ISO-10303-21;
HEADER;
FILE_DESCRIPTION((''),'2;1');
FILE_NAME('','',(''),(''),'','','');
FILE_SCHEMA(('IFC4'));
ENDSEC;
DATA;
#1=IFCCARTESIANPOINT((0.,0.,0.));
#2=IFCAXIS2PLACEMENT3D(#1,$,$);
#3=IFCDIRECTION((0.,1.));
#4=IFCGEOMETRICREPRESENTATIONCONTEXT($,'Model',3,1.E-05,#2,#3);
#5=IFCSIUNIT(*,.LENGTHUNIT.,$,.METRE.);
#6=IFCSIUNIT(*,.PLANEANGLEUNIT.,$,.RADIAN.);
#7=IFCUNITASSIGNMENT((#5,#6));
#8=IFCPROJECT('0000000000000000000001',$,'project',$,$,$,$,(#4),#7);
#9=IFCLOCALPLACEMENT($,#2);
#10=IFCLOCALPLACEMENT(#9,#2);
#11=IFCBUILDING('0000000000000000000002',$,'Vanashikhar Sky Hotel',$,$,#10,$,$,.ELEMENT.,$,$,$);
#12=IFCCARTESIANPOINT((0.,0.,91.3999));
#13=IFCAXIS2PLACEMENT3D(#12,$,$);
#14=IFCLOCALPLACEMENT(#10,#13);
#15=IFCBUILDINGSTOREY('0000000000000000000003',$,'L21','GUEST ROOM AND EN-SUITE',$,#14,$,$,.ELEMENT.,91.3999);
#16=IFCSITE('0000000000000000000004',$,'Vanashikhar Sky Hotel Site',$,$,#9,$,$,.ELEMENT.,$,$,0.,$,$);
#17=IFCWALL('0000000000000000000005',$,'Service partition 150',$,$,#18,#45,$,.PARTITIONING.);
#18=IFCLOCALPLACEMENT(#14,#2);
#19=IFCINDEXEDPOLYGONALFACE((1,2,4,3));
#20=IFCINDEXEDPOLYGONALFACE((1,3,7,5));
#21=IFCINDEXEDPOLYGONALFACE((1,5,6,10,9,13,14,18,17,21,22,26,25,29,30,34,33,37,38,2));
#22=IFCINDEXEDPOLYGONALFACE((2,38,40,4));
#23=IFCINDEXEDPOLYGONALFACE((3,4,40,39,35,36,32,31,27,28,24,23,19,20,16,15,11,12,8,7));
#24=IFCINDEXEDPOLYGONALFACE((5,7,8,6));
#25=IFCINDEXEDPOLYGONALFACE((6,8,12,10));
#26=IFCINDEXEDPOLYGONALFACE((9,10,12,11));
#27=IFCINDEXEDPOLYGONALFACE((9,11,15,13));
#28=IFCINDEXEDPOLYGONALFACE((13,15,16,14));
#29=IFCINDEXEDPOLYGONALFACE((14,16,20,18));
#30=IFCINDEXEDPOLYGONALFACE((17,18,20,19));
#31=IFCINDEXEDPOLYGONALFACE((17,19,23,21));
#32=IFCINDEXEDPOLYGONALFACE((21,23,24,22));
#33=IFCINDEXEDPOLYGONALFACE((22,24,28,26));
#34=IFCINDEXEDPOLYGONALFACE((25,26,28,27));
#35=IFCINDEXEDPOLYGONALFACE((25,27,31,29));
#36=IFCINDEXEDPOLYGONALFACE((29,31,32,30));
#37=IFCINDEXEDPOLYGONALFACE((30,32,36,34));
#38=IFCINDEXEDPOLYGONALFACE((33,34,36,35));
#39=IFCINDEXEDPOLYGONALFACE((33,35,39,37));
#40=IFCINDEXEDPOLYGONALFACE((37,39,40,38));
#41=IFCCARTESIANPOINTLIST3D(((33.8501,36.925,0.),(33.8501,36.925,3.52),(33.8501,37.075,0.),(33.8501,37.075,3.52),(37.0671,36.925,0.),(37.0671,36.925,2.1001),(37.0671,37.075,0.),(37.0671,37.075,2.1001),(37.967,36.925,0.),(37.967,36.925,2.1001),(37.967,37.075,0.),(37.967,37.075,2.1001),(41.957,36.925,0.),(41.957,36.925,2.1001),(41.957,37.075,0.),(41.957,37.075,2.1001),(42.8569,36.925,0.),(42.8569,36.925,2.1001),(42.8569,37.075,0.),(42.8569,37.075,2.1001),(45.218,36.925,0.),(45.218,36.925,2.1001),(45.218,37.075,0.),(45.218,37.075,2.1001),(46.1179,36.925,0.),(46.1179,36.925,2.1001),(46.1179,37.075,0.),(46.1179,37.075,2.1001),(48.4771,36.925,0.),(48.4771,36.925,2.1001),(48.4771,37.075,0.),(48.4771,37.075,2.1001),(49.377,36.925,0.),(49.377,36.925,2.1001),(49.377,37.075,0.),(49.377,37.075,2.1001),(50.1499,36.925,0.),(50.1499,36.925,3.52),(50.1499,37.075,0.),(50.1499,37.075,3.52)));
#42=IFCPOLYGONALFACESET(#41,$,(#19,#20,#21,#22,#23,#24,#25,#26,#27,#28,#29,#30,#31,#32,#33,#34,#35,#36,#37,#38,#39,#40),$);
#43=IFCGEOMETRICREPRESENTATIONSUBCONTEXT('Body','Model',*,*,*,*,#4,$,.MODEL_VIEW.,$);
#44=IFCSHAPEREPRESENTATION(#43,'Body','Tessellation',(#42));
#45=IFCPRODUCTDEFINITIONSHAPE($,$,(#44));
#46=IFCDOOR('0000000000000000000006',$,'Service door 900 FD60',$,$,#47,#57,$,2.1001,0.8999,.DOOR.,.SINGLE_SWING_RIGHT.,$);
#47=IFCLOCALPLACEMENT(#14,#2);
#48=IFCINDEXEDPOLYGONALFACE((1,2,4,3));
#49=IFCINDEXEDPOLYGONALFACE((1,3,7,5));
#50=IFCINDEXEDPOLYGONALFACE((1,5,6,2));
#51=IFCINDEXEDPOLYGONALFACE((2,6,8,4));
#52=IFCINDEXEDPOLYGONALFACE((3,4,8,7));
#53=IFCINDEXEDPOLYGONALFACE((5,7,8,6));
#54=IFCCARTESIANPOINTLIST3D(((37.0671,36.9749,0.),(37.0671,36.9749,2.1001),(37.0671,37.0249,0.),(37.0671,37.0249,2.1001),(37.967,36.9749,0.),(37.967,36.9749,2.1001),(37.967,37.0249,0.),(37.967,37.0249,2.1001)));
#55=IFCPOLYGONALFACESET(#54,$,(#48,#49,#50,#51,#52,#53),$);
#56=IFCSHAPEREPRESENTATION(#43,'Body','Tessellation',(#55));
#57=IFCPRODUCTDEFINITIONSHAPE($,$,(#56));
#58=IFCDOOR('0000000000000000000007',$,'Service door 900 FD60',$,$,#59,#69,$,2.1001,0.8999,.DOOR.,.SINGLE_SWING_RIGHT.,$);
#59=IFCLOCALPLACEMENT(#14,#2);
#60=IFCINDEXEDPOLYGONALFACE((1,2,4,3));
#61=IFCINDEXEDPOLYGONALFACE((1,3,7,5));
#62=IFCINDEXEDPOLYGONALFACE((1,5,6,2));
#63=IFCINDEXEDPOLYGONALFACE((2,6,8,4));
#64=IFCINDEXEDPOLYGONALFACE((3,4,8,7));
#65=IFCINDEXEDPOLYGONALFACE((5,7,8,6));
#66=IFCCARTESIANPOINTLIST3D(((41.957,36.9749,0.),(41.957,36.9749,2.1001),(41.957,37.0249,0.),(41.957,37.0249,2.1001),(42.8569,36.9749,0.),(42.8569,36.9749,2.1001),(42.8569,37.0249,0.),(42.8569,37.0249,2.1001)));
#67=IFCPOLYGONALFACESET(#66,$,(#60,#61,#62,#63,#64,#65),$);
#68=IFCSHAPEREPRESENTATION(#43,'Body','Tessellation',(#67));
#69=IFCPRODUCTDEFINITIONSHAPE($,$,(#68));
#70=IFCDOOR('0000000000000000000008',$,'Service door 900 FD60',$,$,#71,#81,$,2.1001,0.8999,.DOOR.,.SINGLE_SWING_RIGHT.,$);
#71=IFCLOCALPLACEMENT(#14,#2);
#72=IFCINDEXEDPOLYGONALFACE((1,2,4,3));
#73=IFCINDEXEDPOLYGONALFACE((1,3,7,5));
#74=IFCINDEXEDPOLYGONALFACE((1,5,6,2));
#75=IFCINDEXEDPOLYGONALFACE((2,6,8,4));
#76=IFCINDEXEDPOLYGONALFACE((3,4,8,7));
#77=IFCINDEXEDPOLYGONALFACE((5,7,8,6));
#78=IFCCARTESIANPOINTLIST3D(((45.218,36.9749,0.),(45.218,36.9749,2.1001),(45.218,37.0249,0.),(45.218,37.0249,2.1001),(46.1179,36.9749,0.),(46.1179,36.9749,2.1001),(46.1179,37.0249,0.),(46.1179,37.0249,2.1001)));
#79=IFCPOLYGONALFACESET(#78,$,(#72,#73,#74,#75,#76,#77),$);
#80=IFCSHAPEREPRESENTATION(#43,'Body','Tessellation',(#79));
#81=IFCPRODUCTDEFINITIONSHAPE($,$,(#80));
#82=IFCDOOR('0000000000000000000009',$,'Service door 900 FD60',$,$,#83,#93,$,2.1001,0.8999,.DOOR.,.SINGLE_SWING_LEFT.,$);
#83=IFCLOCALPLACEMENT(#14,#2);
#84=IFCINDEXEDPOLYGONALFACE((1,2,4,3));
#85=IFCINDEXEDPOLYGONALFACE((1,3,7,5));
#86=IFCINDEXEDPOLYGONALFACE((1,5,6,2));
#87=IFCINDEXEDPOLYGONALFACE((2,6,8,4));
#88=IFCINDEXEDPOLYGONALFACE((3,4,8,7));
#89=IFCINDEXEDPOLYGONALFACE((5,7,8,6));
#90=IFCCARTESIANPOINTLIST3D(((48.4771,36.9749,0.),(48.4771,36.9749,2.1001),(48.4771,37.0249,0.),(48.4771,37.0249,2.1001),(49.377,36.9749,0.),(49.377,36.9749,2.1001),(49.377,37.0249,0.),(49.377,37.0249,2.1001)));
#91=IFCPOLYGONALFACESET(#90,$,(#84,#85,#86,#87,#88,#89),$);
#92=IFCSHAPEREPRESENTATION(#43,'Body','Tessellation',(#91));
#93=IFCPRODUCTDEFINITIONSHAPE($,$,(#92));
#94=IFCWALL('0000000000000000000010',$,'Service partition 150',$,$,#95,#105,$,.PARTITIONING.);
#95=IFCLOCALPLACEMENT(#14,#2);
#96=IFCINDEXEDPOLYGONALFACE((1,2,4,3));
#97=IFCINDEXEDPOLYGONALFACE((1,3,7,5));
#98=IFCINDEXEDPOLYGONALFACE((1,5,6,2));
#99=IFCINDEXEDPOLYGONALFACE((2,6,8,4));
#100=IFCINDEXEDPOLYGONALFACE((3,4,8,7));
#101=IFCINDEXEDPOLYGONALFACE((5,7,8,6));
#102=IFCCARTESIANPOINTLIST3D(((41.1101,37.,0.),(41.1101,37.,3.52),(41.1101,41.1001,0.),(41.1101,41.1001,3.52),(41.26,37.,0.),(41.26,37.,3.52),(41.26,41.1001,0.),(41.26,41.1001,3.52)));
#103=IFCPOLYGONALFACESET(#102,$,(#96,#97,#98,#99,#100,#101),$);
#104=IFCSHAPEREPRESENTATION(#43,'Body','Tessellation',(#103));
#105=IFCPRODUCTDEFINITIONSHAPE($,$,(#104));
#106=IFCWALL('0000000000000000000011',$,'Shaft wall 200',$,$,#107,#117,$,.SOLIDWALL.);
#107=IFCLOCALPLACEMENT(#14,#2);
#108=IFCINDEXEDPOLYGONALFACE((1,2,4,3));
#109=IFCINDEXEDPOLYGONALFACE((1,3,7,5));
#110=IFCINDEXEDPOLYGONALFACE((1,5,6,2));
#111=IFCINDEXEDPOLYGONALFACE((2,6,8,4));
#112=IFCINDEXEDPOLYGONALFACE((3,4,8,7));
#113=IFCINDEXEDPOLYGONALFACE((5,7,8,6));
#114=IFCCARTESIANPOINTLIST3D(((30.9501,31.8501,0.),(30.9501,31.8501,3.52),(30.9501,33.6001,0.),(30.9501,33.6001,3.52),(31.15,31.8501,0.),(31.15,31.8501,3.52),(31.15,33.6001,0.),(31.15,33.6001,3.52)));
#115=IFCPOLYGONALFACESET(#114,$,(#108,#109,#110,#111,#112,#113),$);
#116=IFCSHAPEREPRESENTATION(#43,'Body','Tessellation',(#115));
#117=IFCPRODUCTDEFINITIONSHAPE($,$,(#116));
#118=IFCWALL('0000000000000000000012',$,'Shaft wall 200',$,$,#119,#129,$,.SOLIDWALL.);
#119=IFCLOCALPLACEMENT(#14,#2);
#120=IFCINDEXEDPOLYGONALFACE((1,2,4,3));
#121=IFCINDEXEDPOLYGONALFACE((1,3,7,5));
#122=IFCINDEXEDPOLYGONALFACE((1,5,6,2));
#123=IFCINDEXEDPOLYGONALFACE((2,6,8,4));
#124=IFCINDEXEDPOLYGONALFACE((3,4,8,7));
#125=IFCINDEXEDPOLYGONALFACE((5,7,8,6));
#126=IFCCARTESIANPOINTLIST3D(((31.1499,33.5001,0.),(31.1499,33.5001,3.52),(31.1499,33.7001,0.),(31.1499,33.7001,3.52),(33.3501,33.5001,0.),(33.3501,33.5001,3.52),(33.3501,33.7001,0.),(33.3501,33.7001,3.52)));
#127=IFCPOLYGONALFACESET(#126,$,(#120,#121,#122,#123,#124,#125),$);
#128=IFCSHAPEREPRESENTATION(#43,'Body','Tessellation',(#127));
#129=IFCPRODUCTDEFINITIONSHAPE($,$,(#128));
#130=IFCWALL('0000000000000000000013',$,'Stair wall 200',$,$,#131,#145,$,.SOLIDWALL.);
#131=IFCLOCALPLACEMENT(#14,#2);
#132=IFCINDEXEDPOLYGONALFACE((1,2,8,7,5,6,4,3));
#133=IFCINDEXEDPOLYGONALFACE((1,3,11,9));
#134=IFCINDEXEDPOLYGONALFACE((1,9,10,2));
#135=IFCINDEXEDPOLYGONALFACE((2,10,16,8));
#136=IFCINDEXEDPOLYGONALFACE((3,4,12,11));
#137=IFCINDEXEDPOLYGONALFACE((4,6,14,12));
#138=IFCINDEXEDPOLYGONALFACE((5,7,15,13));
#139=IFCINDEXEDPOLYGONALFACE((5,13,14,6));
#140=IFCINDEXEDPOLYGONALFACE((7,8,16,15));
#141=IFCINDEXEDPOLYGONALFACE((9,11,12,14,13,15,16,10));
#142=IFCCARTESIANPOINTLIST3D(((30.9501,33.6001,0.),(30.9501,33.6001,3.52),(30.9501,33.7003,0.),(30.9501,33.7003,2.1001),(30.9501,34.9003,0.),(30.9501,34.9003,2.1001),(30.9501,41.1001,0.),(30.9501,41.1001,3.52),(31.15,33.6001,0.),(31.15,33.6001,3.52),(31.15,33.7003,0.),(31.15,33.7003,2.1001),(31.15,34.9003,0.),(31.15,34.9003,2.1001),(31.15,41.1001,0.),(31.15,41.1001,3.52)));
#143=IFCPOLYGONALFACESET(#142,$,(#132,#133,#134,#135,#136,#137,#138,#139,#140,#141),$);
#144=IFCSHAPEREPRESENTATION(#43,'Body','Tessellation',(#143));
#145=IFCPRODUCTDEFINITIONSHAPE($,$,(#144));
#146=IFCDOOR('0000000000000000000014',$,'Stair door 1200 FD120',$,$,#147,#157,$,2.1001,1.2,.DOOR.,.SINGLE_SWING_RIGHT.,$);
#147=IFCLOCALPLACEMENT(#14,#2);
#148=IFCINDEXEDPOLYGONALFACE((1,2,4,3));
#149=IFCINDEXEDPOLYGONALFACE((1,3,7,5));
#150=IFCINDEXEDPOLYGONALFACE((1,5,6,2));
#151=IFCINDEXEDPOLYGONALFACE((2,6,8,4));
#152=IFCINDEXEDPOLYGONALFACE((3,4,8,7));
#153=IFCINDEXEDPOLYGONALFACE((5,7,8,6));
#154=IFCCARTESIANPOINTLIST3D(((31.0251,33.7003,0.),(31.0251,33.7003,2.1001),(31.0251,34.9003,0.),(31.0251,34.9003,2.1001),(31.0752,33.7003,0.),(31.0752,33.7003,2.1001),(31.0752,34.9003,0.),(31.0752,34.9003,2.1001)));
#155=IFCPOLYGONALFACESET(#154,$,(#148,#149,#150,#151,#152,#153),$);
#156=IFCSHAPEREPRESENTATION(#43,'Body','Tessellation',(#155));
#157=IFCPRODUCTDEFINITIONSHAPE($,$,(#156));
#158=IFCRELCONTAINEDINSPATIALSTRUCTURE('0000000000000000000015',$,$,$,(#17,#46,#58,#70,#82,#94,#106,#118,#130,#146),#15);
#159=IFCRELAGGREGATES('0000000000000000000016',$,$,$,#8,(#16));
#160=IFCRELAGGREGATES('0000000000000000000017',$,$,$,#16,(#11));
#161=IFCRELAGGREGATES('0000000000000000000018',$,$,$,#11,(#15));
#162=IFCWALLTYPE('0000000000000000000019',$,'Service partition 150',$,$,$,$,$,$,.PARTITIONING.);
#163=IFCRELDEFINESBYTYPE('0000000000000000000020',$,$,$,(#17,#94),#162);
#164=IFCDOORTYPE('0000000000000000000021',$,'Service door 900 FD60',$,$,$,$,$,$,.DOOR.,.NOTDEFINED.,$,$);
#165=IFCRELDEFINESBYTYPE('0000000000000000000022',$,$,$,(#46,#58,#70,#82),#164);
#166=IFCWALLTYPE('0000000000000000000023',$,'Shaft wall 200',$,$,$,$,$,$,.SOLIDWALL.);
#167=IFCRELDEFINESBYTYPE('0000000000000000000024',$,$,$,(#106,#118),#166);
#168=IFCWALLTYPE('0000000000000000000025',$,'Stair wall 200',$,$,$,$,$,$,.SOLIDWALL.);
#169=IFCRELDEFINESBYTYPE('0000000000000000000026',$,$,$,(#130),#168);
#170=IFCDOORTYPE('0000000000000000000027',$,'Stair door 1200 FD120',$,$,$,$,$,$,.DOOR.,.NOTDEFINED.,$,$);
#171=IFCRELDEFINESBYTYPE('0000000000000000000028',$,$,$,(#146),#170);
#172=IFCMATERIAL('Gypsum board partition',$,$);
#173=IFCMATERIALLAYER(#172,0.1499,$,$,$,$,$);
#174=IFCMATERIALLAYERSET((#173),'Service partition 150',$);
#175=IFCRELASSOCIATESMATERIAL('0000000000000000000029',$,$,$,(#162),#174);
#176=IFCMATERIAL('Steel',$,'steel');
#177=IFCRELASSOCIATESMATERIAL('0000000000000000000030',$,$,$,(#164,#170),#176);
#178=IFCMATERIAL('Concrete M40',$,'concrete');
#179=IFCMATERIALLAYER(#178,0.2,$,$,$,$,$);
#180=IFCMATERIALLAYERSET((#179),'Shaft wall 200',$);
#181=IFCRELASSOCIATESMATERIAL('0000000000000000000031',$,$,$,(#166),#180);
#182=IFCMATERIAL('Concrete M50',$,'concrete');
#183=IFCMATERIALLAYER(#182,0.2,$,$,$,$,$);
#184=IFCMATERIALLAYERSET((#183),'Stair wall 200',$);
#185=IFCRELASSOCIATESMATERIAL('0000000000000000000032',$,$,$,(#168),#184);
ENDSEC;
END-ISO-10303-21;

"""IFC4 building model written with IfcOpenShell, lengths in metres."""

from ifc_helpers import new_model, si_unit, direction, frame, frame_2d, origin, place, context, subcontext, project, spatial, rectangle, extrude, source, transform, mapped, material, layer, layer_set, type_object, element, fill, save


model = new_model("IFC4")

# Units and contexts
model_context = context("Model", 3, precision=1e-05, world=origin(), true_north=direction((0.0, 1.0)))
body_context = subcontext(model_context, "Body", "Model", "MODEL_VIEW")
ifc_project = project(units=[si_unit("LENGTHUNIT", "METRE"), si_unit("PLANEANGLEUNIT", "RADIAN")], contexts=[model_context])

# Site, building, storey
site_placement = place(None, origin())
site = spatial("IfcSite", under=ifc_project, at=site_placement, Name="Vanashikhar Sky Hotel Site", CompositionType="ELEMENT", RefElevation=0.0)
building_placement = place(site_placement, origin())
building = spatial("IfcBuilding", under=site, at=building_placement, Name="Vanashikhar Sky Hotel", CompositionType="ELEMENT")
storey_placement = place(building_placement, frame((0.0, 0.0, 91.3999)))
storey = spatial("IfcBuildingStorey", under=building, at=storey_placement, Name="L21", Description="GUEST ROOM AND EN-SUITE", CompositionType="ELEMENT", Elevation=91.3999)

# Shared definitions
ifc_material_1 = material(Name="Steel", Category="steel")

# Shared definitions
ifc_material_2 = material(Name="Gypsum board partition")
ifc_layer_1 = layer(ifc_material_2, 0.1499)
ifc_layer_set_1 = layer_set([ifc_layer_1], Name="Service partition 150")
wall_type_1 = type_object("IfcWallType", Name="Service partition 150", PredefinedType="PARTITIONING", material=ifc_layer_set_1)

# Wall, openings, doors
shared_shape_1 = source(origin(), body_context, "Body", "SweptSolid", [
    extrude(rectangle(XDim=0.8999, YDim=2.1001, at=frame_2d((0.45, 1.05))), frame((0.0, 0.085, 0.0), z_axis=(0.0, -1.0, 0.0), x_axis=(1.0, 0.0, 0.0)), (0.0, 0.0, 1.0), 0.1699),
])
door_type_1 = type_object("IfcDoorType", Name="Service door 900 FD60", OperationType="NOTDEFINED", PredefinedType="DOOR", material=ifc_material_1)
shared_shape_2 = source(origin(), body_context, "Body", "SweptSolid", [
    extrude(rectangle(XDim=0.8999, YDim=2.1001, at=frame_2d((0.45, 1.05))), frame((0.0, 0.0249, 0.0), z_axis=(0.0, -1.0, 0.0), x_axis=(1.0, 0.0, 0.0)), (0.0, 0.0, 1.0), 0.05),
])
shared_shape_3 = source(origin(), body_context, "Body", "SweptSolid", [
    extrude(rectangle(XDim=16.2998, YDim=0.1499, at=frame_2d((8.1499, 0.0))), origin(), (0.0, 0.0, 1.0), 3.52),
])
wall_1_placement = place(storey_placement, frame((33.8501, 37.0, 0.0), z_axis=(0.0, 0.0, 1.0), x_axis=(1.0, 0.0, 0.0)))
wall_1 = element("IfcWall", 1, at=wall_1_placement, inside=storey, type_object=wall_type_1, Name="Service partition 150", PredefinedType="PARTITIONING", context=body_context, shape_type="MappedRepresentation", body=[
    mapped(shared_shape_3, transform((0.0, 0.0, 0.0), scale=1.0)),
])
opening_1_placement = place(wall_1_placement, frame((3.217, 0.0, 0.0)))
opening_1 = element("IfcOpeningElement", 2, at=opening_1_placement, cuts=wall_1, PredefinedType="OPENING", context=body_context, shape_type="MappedRepresentation", body=[
    mapped(shared_shape_1, transform((0.0, 0.0, 0.0), scale=1.0)),
])
opening_2_placement = place(wall_1_placement, frame((8.1069, 0.0, 0.0)))
opening_2 = element("IfcOpeningElement", 3, at=opening_2_placement, cuts=wall_1, PredefinedType="OPENING", context=body_context, shape_type="MappedRepresentation", body=[
    mapped(shared_shape_1, transform((0.0, 0.0, 0.0), scale=1.0)),
])
opening_3_placement = place(wall_1_placement, frame((11.3679, 0.0, 0.0)))
opening_3 = element("IfcOpeningElement", 4, at=opening_3_placement, cuts=wall_1, PredefinedType="OPENING", context=body_context, shape_type="MappedRepresentation", body=[
    mapped(shared_shape_1, transform((0.0, 0.0, 0.0), scale=1.0)),
])
opening_4_placement = place(wall_1_placement, frame((14.627, 0.0, 0.0)))
opening_4 = element("IfcOpeningElement", 5, at=opening_4_placement, cuts=wall_1, PredefinedType="OPENING", context=body_context, shape_type="MappedRepresentation", body=[
    mapped(shared_shape_1, transform((0.0, 0.0, 0.0), scale=1.0)),
])
door_1_placement = place(opening_1_placement, origin())
door_1 = element("IfcDoor", 6, at=door_1_placement, inside=storey, type_object=door_type_1, Name="Service door 900 FD60", OperationType="SINGLE_SWING_RIGHT", OverallHeight=2.1001, OverallWidth=0.8999, PredefinedType="DOOR", context=body_context, shape_type="MappedRepresentation", body=[
    mapped(shared_shape_2, transform((0.0, 0.0, 0.0), scale=1.0)),
])
fill(opening_1, door_1)
door_2_placement = place(opening_2_placement, origin())
door_2 = element("IfcDoor", 7, at=door_2_placement, inside=storey, type_object=door_type_1, Name="Service door 900 FD60", OperationType="SINGLE_SWING_RIGHT", OverallHeight=2.1001, OverallWidth=0.8999, PredefinedType="DOOR", context=body_context, shape_type="MappedRepresentation", body=[
    mapped(shared_shape_2, transform((0.0, 0.0, 0.0), scale=1.0)),
])
fill(opening_2, door_2)
door_3_placement = place(opening_3_placement, origin())
door_3 = element("IfcDoor", 8, at=door_3_placement, inside=storey, type_object=door_type_1, Name="Service door 900 FD60", OperationType="SINGLE_SWING_RIGHT", OverallHeight=2.1001, OverallWidth=0.8999, PredefinedType="DOOR", context=body_context, shape_type="MappedRepresentation", body=[
    mapped(shared_shape_2, transform((0.0, 0.0, 0.0), scale=1.0)),
])
fill(opening_3, door_3)
door_4_placement = place(opening_4_placement, origin())
door_4 = element("IfcDoor", 9, at=door_4_placement, inside=storey, type_object=door_type_1, Name="Service door 900 FD60", OperationType="SINGLE_SWING_LEFT", OverallHeight=2.1001, OverallWidth=0.8999, PredefinedType="DOOR", context=body_context, shape_type="MappedRepresentation", body=[
    mapped(shared_shape_2, transform((0.0, 0.0, 0.0), scale=1.0)),
])
fill(opening_4, door_4)

# Walls
shared_shape_4 = source(origin(), body_context, "Body", "SweptSolid", [
    extrude(rectangle(XDim=4.1001, YDim=0.1499, at=frame_2d((2.05, 0.0))), origin(), (0.0, 0.0, 1.0), 3.52),
])
wall_2_placement = place(storey_placement, frame((41.1851, 37.0, 0.0), z_axis=(0.0, 0.0, 1.0), x_axis=(0.0, 1.0, 0.0)))
element("IfcWall", 10, at=wall_2_placement, inside=storey, type_object=wall_type_1, Name="Service partition 150", PredefinedType="PARTITIONING", context=body_context, shape_type="MappedRepresentation", body=[
    mapped(shared_shape_4, transform((0.0, 0.0, 0.0), scale=1.0)),
])
ifc_material_3 = material(Name="Concrete M40", Category="concrete")
ifc_layer_2 = layer(ifc_material_3, 0.2)
ifc_layer_set_2 = layer_set([ifc_layer_2], Name="Shaft wall 200")
wall_type_2 = type_object("IfcWallType", Name="Shaft wall 200", PredefinedType="SOLIDWALL", material=ifc_layer_set_2)
shared_shape_5 = source(origin(), body_context, "Body", "SweptSolid", [
    extrude(rectangle(XDim=1.75, YDim=0.2, at=frame_2d((0.875, 0.0))), origin(), (0.0, 0.0, 1.0), 3.52),
])
wall_3_placement = place(storey_placement, frame((31.05, 31.8501, 0.0), z_axis=(0.0, 0.0, 1.0), x_axis=(0.0, 1.0, 0.0)))
element("IfcWall", 11, at=wall_3_placement, inside=storey, type_object=wall_type_2, Name="Shaft wall 200", PredefinedType="SOLIDWALL", context=body_context, shape_type="MappedRepresentation", body=[
    mapped(shared_shape_5, transform((0.0, 0.0, 0.0), scale=1.0)),
])
shared_shape_6 = source(origin(), body_context, "Body", "SweptSolid", [
    extrude(rectangle(XDim=2.2002, YDim=0.2, at=frame_2d((1.1001, 0.0))), origin(), (0.0, 0.0, 1.0), 3.52),
])
wall_4_placement = place(storey_placement, frame((31.1499, 33.6001, 0.0), z_axis=(0.0, 0.0, 1.0), x_axis=(1.0, 0.0, 0.0)))
element("IfcWall", 12, at=wall_4_placement, inside=storey, type_object=wall_type_2, Name="Shaft wall 200", PredefinedType="SOLIDWALL", context=body_context, shape_type="MappedRepresentation", body=[
    mapped(shared_shape_6, transform((0.0, 0.0, 0.0), scale=1.0)),
])

# Wall, opening, door
ifc_material_4 = material(Name="Concrete M50", Category="concrete")
ifc_layer_3 = layer(ifc_material_4, 0.2)
ifc_layer_set_3 = layer_set([ifc_layer_3], Name="Stair wall 200")
wall_type_3 = type_object("IfcWallType", Name="Stair wall 200", PredefinedType="SOLIDWALL", material=ifc_layer_set_3)
shared_shape_7 = source(origin(), body_context, "Body", "SweptSolid", [
    extrude(rectangle(XDim=7.5, YDim=0.2, at=frame_2d((3.75, 0.0))), origin(), (0.0, 0.0, 1.0), 3.52),
])
wall_5_placement = place(storey_placement, frame((31.05, 33.6001, 0.0), z_axis=(0.0, 0.0, 1.0), x_axis=(0.0, 1.0, 0.0)))
wall_5 = element("IfcWall", 13, at=wall_5_placement, inside=storey, type_object=wall_type_3, Name="Stair wall 200", PredefinedType="SOLIDWALL", context=body_context, shape_type="MappedRepresentation", body=[
    mapped(shared_shape_7, transform((0.0, 0.0, 0.0), scale=1.0)),
])
shared_shape_8 = source(origin(), body_context, "Body", "SweptSolid", [
    extrude(rectangle(XDim=1.2, YDim=2.1001, at=frame_2d((0.6001, 1.05))), frame((0.0, 0.1099, 0.0), z_axis=(0.0, -1.0, 0.0), x_axis=(1.0, 0.0, 0.0)), (0.0, 0.0, 1.0), 0.22),
])
opening_5_placement = place(wall_5_placement, frame((0.1001, 0.0, 0.0)))
opening_5 = element("IfcOpeningElement", 14, at=opening_5_placement, cuts=wall_5, PredefinedType="OPENING", context=body_context, shape_type="MappedRepresentation", body=[
    mapped(shared_shape_8, transform((0.0, 0.0, 0.0), scale=1.0)),
])
door_type_2 = type_object("IfcDoorType", Name="Stair door 1200 FD120", OperationType="NOTDEFINED", PredefinedType="DOOR", material=ifc_material_1)
shared_shape_9 = source(origin(), body_context, "Body", "SweptSolid", [
    extrude(rectangle(XDim=1.2, YDim=2.1001, at=frame_2d((0.6001, 1.05))), frame((0.0, 0.0249, 0.0), z_axis=(0.0, -1.0, 0.0), x_axis=(1.0, 0.0, 0.0)), (0.0, 0.0, 1.0), 0.05),
])
door_5_placement = place(opening_5_placement, origin())
door_5 = element("IfcDoor", 15, at=door_5_placement, inside=storey, type_object=door_type_2, Name="Stair door 1200 FD120", OperationType="SINGLE_SWING_RIGHT", OverallHeight=2.1001, OverallWidth=1.2, PredefinedType="DOOR", context=body_context, shape_type="MappedRepresentation", body=[
    mapped(shared_shape_9, transform((0.0, 0.0, 0.0), scale=1.0)),
])
fill(opening_5, door_5)

save(model, "model.ifc")
